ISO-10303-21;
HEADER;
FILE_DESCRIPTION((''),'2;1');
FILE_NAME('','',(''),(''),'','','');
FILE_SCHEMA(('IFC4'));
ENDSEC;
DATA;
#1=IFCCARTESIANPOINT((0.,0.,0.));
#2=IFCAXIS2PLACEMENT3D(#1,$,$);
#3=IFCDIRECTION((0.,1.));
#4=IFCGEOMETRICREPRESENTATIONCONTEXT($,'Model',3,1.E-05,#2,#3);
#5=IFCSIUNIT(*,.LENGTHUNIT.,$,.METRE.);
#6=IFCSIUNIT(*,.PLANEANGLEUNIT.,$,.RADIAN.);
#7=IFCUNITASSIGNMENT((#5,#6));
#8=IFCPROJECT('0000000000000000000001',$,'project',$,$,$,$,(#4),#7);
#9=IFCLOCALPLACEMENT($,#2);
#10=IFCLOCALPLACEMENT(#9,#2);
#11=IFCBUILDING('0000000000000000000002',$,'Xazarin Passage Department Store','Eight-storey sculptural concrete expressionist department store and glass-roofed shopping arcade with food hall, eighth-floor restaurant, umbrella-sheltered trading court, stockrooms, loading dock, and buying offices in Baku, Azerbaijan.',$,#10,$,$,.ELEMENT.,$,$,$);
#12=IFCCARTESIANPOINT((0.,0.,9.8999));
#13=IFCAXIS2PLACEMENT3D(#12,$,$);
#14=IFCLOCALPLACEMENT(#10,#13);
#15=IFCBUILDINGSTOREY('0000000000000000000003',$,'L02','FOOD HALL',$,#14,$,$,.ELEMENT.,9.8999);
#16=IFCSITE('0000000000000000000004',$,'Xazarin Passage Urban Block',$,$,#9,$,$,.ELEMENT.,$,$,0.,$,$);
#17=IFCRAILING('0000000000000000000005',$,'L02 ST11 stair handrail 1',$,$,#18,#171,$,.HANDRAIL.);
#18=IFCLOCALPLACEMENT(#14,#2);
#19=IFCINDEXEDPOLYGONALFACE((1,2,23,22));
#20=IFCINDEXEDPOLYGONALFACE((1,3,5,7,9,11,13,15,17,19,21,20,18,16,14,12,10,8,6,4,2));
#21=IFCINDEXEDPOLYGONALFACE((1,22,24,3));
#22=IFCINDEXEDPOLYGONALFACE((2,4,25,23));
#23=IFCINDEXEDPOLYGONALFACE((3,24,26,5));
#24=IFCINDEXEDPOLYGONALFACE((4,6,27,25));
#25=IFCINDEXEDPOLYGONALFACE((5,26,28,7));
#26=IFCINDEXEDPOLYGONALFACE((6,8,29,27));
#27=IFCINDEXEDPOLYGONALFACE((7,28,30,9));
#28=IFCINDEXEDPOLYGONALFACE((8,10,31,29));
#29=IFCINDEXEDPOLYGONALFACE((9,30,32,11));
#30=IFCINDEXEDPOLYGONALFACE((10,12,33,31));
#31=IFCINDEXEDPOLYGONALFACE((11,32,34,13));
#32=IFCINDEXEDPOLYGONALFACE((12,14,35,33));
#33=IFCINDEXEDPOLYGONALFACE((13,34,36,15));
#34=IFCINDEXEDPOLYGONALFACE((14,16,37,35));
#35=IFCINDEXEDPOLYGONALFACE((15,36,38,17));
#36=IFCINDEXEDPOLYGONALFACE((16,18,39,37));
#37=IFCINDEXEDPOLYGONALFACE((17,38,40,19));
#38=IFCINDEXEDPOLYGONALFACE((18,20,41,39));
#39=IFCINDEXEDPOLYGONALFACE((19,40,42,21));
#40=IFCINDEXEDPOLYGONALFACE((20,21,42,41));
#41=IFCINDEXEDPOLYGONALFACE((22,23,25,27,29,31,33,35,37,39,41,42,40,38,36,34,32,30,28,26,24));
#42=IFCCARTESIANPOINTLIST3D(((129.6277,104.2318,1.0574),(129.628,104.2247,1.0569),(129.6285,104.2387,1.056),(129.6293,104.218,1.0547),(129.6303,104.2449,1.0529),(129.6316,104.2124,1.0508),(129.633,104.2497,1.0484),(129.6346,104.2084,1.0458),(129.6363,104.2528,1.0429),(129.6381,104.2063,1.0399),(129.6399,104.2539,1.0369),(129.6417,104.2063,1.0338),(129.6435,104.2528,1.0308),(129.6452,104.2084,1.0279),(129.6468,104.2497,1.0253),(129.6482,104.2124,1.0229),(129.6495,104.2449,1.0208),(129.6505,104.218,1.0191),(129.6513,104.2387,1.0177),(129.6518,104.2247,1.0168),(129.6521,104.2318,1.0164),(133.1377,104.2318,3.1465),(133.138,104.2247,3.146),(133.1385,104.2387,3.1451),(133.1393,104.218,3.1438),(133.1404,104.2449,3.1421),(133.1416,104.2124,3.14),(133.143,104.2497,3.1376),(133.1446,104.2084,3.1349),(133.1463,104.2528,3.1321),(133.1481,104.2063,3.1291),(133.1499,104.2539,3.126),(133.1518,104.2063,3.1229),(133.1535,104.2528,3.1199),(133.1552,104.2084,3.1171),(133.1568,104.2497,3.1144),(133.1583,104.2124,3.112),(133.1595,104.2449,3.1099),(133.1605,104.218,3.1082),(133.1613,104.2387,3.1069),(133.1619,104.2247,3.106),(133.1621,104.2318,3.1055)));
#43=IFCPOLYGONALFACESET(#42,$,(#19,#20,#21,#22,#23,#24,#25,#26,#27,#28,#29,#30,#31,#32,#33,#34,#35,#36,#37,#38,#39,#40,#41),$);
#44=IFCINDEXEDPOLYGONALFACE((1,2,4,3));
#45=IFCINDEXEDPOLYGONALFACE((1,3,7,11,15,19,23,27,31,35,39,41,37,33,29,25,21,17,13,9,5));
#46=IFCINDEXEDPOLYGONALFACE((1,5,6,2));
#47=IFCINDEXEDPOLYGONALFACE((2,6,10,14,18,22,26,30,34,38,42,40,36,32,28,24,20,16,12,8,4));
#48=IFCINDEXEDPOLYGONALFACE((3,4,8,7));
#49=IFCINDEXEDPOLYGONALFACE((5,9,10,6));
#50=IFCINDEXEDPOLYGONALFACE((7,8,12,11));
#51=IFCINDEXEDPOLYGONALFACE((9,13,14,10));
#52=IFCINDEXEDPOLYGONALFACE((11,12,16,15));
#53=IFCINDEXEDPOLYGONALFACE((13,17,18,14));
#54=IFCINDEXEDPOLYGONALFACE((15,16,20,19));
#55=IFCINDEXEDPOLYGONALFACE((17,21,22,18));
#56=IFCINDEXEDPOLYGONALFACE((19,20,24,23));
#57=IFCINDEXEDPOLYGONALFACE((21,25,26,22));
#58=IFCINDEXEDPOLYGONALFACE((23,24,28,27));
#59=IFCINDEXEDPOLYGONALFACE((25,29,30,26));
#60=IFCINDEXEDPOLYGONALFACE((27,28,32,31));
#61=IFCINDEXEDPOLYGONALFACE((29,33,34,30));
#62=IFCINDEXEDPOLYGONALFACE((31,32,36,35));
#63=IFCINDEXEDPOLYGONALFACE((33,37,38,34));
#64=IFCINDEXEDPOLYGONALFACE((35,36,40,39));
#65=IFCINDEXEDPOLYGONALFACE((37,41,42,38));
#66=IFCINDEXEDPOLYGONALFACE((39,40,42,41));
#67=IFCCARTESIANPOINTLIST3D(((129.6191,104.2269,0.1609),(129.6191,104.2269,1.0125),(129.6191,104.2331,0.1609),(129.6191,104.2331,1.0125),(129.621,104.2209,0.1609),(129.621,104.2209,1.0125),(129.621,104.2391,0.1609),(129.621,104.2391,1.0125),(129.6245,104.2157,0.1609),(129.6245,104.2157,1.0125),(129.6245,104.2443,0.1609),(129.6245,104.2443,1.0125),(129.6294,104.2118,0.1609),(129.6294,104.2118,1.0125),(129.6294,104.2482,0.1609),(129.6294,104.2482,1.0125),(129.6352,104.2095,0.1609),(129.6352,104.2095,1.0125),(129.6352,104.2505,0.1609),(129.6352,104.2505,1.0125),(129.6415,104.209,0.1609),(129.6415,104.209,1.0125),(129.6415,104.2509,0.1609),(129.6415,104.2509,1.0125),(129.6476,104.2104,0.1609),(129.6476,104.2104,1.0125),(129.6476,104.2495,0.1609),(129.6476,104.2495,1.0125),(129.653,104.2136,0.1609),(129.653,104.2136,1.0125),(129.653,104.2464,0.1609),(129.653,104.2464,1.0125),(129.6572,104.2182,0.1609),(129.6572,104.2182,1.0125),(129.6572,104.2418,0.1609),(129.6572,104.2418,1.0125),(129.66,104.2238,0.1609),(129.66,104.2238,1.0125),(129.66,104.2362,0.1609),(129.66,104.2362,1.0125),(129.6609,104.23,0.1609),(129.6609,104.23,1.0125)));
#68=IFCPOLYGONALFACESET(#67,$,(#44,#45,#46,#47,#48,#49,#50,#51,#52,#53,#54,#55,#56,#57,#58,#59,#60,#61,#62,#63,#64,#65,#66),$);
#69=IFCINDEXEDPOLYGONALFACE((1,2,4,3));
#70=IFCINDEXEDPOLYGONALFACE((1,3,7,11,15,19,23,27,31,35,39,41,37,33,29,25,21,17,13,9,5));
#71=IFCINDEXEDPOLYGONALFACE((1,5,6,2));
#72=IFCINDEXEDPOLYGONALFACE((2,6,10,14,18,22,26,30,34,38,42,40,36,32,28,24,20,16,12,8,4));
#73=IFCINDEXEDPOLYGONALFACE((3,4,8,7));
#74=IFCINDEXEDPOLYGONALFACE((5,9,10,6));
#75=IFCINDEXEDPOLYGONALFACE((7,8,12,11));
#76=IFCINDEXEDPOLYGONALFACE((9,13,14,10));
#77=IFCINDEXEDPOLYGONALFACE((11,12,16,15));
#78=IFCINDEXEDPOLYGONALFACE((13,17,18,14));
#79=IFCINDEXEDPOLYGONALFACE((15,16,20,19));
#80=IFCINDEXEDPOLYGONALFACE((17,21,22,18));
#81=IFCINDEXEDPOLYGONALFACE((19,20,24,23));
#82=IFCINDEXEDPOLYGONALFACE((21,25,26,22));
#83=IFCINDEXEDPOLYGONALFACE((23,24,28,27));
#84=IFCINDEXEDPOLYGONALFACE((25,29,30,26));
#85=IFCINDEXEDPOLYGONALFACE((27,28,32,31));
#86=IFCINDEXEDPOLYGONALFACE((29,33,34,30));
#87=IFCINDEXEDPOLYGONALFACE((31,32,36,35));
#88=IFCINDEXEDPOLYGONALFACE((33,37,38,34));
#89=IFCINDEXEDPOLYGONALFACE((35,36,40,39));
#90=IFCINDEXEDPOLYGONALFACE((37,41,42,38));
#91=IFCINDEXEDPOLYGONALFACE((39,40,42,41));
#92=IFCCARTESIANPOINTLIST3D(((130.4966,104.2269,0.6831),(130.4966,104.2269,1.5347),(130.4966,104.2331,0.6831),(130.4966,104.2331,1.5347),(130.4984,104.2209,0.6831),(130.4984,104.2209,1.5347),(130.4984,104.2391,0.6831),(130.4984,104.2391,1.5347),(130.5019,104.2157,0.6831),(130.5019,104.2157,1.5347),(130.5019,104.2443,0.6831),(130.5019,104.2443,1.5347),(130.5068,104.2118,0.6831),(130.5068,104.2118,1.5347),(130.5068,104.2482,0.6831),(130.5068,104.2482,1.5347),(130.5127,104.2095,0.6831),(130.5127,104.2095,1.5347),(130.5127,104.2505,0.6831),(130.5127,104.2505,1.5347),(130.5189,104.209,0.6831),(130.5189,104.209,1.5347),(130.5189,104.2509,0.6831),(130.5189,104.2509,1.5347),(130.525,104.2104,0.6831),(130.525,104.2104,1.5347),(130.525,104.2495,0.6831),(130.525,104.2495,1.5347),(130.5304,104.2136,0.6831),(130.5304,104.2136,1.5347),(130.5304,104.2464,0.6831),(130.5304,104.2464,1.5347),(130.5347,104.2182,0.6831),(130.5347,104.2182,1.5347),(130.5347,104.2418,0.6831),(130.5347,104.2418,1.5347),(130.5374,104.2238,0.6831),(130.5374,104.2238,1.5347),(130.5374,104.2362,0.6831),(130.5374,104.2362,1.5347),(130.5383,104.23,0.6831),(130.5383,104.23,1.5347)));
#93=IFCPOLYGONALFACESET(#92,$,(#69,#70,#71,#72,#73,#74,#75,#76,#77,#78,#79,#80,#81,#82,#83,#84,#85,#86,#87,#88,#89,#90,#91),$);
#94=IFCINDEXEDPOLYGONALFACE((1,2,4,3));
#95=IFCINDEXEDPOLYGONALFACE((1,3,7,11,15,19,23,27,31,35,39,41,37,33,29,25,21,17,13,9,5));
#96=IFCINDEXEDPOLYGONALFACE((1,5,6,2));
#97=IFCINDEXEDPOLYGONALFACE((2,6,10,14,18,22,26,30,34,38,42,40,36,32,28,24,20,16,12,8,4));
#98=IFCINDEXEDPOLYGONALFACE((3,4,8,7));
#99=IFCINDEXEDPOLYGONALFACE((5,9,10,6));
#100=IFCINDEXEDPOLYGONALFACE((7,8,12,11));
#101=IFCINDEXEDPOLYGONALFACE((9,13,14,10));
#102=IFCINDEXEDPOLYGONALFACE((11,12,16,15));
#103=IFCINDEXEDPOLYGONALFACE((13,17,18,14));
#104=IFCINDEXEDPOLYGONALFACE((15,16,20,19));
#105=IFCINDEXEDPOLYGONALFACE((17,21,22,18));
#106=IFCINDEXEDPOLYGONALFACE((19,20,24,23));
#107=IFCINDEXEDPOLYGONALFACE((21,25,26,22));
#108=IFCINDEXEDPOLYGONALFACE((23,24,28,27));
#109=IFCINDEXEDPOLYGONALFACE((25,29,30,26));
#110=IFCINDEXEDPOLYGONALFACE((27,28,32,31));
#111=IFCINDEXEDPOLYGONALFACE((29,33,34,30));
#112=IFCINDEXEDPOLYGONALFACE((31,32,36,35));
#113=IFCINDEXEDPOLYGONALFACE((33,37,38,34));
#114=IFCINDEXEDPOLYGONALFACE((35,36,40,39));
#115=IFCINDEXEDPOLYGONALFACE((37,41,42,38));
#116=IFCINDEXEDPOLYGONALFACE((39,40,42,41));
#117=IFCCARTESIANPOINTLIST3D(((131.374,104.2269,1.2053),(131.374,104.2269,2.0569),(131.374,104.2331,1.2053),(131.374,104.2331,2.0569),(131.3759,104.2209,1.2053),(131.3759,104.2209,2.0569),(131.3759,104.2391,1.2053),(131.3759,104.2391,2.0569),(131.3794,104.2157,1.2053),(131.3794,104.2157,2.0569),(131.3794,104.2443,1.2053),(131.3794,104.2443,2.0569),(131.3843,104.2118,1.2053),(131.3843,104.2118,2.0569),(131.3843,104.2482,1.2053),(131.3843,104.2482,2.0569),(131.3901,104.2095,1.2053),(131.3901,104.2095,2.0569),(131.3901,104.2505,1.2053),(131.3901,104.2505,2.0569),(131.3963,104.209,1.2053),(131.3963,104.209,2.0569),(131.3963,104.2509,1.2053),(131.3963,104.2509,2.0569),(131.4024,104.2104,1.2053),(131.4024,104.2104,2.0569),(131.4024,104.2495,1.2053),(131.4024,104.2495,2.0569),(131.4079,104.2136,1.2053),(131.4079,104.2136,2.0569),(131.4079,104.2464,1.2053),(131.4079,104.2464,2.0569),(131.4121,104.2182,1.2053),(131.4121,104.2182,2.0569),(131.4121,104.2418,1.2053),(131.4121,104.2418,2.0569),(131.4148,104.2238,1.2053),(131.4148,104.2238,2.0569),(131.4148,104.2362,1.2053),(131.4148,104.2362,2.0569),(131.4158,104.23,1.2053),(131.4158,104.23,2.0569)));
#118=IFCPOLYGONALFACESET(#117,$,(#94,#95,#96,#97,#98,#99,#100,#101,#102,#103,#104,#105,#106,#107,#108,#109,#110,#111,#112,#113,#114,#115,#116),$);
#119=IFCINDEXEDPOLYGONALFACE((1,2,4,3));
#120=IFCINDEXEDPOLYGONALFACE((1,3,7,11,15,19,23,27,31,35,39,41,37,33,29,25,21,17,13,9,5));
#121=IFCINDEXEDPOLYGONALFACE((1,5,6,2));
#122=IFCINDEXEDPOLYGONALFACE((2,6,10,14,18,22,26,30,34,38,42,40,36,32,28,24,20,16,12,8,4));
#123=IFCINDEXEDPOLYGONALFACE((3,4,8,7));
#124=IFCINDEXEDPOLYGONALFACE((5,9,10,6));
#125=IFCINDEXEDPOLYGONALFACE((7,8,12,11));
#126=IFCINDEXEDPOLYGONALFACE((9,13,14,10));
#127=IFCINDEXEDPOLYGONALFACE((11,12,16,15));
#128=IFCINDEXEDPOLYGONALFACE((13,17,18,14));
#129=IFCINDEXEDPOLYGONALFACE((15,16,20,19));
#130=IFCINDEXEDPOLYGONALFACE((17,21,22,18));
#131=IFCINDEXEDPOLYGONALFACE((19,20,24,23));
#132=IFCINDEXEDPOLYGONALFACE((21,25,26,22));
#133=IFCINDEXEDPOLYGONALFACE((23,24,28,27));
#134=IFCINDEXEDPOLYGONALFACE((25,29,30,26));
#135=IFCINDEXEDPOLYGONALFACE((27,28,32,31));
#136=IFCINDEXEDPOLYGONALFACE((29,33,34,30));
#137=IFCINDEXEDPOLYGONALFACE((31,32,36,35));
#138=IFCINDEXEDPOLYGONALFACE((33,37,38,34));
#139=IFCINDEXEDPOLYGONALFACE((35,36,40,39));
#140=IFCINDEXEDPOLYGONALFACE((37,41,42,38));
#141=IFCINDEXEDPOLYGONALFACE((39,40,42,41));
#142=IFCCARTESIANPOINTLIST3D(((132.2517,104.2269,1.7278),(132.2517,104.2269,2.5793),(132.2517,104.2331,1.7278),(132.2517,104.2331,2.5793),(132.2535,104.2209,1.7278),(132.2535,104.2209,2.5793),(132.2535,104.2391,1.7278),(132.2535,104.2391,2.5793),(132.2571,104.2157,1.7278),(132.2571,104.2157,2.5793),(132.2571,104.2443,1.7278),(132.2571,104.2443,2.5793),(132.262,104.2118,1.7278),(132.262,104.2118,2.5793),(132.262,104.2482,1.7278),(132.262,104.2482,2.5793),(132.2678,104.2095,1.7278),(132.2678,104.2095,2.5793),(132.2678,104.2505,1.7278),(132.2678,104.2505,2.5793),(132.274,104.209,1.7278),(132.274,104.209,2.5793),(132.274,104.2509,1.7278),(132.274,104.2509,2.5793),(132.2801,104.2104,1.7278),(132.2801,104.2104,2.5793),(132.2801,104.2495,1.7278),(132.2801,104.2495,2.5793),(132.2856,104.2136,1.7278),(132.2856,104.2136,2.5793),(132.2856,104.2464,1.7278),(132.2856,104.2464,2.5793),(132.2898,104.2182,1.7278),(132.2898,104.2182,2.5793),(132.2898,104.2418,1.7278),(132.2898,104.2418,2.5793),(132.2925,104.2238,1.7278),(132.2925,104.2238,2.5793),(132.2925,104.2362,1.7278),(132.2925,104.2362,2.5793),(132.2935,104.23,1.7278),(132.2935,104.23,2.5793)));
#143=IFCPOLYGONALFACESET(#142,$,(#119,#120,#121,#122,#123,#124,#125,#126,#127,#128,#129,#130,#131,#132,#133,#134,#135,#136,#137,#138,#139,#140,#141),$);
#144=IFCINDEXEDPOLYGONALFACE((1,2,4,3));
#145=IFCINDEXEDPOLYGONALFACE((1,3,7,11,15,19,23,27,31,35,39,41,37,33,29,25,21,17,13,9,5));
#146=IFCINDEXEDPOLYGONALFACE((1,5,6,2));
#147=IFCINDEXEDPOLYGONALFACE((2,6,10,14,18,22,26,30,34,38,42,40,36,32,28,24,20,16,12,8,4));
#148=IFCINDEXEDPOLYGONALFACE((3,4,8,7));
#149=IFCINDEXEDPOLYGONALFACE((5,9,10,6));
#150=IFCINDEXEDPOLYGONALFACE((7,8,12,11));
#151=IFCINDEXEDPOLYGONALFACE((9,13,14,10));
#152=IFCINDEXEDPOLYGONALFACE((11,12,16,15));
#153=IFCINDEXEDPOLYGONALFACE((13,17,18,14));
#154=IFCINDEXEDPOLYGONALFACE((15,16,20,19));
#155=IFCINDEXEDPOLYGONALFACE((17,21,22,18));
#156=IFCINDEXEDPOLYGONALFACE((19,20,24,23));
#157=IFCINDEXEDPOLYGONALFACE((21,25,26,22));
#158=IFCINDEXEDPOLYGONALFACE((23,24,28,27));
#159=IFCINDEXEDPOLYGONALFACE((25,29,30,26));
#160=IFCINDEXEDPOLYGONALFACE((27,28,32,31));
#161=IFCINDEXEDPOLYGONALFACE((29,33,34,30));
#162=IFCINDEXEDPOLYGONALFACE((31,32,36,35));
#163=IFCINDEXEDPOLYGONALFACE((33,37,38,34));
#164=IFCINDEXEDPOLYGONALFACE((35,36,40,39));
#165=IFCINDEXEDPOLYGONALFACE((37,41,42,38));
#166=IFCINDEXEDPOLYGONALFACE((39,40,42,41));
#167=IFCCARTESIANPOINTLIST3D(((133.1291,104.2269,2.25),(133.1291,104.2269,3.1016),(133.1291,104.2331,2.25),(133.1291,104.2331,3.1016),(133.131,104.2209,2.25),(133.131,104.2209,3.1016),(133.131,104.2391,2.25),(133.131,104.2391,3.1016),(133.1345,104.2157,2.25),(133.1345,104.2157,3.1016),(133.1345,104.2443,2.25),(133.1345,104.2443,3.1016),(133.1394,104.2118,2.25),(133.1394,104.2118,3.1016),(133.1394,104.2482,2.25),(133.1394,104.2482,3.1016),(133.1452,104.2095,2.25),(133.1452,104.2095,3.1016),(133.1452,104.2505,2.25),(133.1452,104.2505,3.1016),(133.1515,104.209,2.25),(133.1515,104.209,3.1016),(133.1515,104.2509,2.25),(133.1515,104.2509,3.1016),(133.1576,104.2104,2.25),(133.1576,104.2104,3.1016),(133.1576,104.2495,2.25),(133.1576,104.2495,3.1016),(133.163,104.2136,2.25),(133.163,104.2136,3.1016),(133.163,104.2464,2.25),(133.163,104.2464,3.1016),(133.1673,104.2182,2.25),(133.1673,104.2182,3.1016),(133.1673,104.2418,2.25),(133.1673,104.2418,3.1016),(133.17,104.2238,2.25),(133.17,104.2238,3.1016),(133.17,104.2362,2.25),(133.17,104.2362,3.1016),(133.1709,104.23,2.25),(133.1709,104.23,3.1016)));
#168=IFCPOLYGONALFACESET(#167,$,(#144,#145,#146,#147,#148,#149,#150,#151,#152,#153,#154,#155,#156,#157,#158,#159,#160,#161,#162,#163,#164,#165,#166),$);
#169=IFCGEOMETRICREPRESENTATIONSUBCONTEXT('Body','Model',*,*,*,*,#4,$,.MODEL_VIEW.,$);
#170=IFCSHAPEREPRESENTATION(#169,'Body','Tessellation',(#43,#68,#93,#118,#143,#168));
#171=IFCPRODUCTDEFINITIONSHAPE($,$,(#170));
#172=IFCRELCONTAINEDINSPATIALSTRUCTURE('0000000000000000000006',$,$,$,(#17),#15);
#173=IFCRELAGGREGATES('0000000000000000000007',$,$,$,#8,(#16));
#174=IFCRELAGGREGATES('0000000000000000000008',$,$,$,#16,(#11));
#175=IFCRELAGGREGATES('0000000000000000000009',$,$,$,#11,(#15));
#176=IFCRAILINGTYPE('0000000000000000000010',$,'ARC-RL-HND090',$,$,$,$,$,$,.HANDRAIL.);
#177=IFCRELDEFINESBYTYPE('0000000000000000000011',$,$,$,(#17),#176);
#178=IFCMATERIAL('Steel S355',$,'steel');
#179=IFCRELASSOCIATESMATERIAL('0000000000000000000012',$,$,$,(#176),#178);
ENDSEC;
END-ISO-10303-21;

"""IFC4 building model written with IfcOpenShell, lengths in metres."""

from ifc_helpers import new_model, si_unit, direction, frame, origin, origin_2d, place, context, subcontext, project, spatial, circle, extrude, material, type_object, element, save


model = new_model("IFC4")

# Units and contexts
model_context = context("Model", 3, precision=1e-05, world=origin(), true_north=direction((0.0, 1.0)))
body_context = subcontext(model_context, "Body", "Model", "MODEL_VIEW")
ifc_project = project(units=[si_unit("LENGTHUNIT", "METRE"), si_unit("PLANEANGLEUNIT", "RADIAN")], contexts=[model_context])

# Site, building, storey
site_placement = place(None, origin())
site = spatial("IfcSite", under=ifc_project, at=site_placement, Name="Xazarin Passage Urban Block", CompositionType="ELEMENT", RefElevation=0.0)
building_placement = place(site_placement, origin())
building = spatial("IfcBuilding", under=site, at=building_placement, Name="Xazarin Passage Department Store", Description="Eight-storey sculptural concrete expressionist department store and glass-roofed shopping arcade with food hall, eighth-floor restaurant, umbrella-sheltered trading court, stockrooms, loading dock, and buying offices in Baku, Azerbaijan.", CompositionType="ELEMENT")
storey_placement = place(building_placement, frame((0.0, 0.0, 9.8999)))
storey = spatial("IfcBuildingStorey", under=building, at=storey_placement, Name="L02", Description="FOOD HALL", CompositionType="ELEMENT", Elevation=9.8999)

# Shared definitions
ifc_material_1 = material(Name="Steel S355", Category="steel")

# Railing
railing_type_1 = type_object("IfcRailingType", Name="ARC-RL-HND090", PredefinedType="HANDRAIL", material=ifc_material_1)
for number, where, name in (
    (1, (129.6399, 104.23, 0.1609), "L02 ST11 stair handrail 1"),
):
    element("IfcRailing", number, at=place(storey_placement, frame(where)), inside=storey, type_object=railing_type_1, Name=name, PredefinedType="HANDRAIL", context=body_context, shape_type="SweptSolid", body=[
        extrude(circle(Radius=0.0239, at=origin_2d()), frame((0.0, 0.0, 0.876), z_axis=(0.859312, 0.0, 0.511451), x_axis=(0.0, 1.0, 0.0)), (0.0, 0.0, 1.0), 4.0847),
        extrude(circle(Radius=0.021, at=origin_2d()), origin(), (0.0, 0.0, 1.0), 0.8516),
        extrude(circle(Radius=0.021, at=origin_2d()), frame((0.8774, 0.0, 0.5222)), (0.0, 0.0, 1.0), 0.8516),
        extrude(circle(Radius=0.021, at=origin_2d()), frame((1.7549, 0.0, 1.0444)), (0.0, 0.0, 1.0), 0.8516),
        extrude(circle(Radius=0.021, at=origin_2d()), frame((2.6326, 0.0, 1.5669)), (0.0, 0.0, 1.0), 0.8516),
        extrude(circle(Radius=0.021, at=origin_2d()), frame((3.51, 0.0, 2.0891)), (0.0, 0.0, 1.0), 0.8516),
    ])

save(model, "model.ifc")
